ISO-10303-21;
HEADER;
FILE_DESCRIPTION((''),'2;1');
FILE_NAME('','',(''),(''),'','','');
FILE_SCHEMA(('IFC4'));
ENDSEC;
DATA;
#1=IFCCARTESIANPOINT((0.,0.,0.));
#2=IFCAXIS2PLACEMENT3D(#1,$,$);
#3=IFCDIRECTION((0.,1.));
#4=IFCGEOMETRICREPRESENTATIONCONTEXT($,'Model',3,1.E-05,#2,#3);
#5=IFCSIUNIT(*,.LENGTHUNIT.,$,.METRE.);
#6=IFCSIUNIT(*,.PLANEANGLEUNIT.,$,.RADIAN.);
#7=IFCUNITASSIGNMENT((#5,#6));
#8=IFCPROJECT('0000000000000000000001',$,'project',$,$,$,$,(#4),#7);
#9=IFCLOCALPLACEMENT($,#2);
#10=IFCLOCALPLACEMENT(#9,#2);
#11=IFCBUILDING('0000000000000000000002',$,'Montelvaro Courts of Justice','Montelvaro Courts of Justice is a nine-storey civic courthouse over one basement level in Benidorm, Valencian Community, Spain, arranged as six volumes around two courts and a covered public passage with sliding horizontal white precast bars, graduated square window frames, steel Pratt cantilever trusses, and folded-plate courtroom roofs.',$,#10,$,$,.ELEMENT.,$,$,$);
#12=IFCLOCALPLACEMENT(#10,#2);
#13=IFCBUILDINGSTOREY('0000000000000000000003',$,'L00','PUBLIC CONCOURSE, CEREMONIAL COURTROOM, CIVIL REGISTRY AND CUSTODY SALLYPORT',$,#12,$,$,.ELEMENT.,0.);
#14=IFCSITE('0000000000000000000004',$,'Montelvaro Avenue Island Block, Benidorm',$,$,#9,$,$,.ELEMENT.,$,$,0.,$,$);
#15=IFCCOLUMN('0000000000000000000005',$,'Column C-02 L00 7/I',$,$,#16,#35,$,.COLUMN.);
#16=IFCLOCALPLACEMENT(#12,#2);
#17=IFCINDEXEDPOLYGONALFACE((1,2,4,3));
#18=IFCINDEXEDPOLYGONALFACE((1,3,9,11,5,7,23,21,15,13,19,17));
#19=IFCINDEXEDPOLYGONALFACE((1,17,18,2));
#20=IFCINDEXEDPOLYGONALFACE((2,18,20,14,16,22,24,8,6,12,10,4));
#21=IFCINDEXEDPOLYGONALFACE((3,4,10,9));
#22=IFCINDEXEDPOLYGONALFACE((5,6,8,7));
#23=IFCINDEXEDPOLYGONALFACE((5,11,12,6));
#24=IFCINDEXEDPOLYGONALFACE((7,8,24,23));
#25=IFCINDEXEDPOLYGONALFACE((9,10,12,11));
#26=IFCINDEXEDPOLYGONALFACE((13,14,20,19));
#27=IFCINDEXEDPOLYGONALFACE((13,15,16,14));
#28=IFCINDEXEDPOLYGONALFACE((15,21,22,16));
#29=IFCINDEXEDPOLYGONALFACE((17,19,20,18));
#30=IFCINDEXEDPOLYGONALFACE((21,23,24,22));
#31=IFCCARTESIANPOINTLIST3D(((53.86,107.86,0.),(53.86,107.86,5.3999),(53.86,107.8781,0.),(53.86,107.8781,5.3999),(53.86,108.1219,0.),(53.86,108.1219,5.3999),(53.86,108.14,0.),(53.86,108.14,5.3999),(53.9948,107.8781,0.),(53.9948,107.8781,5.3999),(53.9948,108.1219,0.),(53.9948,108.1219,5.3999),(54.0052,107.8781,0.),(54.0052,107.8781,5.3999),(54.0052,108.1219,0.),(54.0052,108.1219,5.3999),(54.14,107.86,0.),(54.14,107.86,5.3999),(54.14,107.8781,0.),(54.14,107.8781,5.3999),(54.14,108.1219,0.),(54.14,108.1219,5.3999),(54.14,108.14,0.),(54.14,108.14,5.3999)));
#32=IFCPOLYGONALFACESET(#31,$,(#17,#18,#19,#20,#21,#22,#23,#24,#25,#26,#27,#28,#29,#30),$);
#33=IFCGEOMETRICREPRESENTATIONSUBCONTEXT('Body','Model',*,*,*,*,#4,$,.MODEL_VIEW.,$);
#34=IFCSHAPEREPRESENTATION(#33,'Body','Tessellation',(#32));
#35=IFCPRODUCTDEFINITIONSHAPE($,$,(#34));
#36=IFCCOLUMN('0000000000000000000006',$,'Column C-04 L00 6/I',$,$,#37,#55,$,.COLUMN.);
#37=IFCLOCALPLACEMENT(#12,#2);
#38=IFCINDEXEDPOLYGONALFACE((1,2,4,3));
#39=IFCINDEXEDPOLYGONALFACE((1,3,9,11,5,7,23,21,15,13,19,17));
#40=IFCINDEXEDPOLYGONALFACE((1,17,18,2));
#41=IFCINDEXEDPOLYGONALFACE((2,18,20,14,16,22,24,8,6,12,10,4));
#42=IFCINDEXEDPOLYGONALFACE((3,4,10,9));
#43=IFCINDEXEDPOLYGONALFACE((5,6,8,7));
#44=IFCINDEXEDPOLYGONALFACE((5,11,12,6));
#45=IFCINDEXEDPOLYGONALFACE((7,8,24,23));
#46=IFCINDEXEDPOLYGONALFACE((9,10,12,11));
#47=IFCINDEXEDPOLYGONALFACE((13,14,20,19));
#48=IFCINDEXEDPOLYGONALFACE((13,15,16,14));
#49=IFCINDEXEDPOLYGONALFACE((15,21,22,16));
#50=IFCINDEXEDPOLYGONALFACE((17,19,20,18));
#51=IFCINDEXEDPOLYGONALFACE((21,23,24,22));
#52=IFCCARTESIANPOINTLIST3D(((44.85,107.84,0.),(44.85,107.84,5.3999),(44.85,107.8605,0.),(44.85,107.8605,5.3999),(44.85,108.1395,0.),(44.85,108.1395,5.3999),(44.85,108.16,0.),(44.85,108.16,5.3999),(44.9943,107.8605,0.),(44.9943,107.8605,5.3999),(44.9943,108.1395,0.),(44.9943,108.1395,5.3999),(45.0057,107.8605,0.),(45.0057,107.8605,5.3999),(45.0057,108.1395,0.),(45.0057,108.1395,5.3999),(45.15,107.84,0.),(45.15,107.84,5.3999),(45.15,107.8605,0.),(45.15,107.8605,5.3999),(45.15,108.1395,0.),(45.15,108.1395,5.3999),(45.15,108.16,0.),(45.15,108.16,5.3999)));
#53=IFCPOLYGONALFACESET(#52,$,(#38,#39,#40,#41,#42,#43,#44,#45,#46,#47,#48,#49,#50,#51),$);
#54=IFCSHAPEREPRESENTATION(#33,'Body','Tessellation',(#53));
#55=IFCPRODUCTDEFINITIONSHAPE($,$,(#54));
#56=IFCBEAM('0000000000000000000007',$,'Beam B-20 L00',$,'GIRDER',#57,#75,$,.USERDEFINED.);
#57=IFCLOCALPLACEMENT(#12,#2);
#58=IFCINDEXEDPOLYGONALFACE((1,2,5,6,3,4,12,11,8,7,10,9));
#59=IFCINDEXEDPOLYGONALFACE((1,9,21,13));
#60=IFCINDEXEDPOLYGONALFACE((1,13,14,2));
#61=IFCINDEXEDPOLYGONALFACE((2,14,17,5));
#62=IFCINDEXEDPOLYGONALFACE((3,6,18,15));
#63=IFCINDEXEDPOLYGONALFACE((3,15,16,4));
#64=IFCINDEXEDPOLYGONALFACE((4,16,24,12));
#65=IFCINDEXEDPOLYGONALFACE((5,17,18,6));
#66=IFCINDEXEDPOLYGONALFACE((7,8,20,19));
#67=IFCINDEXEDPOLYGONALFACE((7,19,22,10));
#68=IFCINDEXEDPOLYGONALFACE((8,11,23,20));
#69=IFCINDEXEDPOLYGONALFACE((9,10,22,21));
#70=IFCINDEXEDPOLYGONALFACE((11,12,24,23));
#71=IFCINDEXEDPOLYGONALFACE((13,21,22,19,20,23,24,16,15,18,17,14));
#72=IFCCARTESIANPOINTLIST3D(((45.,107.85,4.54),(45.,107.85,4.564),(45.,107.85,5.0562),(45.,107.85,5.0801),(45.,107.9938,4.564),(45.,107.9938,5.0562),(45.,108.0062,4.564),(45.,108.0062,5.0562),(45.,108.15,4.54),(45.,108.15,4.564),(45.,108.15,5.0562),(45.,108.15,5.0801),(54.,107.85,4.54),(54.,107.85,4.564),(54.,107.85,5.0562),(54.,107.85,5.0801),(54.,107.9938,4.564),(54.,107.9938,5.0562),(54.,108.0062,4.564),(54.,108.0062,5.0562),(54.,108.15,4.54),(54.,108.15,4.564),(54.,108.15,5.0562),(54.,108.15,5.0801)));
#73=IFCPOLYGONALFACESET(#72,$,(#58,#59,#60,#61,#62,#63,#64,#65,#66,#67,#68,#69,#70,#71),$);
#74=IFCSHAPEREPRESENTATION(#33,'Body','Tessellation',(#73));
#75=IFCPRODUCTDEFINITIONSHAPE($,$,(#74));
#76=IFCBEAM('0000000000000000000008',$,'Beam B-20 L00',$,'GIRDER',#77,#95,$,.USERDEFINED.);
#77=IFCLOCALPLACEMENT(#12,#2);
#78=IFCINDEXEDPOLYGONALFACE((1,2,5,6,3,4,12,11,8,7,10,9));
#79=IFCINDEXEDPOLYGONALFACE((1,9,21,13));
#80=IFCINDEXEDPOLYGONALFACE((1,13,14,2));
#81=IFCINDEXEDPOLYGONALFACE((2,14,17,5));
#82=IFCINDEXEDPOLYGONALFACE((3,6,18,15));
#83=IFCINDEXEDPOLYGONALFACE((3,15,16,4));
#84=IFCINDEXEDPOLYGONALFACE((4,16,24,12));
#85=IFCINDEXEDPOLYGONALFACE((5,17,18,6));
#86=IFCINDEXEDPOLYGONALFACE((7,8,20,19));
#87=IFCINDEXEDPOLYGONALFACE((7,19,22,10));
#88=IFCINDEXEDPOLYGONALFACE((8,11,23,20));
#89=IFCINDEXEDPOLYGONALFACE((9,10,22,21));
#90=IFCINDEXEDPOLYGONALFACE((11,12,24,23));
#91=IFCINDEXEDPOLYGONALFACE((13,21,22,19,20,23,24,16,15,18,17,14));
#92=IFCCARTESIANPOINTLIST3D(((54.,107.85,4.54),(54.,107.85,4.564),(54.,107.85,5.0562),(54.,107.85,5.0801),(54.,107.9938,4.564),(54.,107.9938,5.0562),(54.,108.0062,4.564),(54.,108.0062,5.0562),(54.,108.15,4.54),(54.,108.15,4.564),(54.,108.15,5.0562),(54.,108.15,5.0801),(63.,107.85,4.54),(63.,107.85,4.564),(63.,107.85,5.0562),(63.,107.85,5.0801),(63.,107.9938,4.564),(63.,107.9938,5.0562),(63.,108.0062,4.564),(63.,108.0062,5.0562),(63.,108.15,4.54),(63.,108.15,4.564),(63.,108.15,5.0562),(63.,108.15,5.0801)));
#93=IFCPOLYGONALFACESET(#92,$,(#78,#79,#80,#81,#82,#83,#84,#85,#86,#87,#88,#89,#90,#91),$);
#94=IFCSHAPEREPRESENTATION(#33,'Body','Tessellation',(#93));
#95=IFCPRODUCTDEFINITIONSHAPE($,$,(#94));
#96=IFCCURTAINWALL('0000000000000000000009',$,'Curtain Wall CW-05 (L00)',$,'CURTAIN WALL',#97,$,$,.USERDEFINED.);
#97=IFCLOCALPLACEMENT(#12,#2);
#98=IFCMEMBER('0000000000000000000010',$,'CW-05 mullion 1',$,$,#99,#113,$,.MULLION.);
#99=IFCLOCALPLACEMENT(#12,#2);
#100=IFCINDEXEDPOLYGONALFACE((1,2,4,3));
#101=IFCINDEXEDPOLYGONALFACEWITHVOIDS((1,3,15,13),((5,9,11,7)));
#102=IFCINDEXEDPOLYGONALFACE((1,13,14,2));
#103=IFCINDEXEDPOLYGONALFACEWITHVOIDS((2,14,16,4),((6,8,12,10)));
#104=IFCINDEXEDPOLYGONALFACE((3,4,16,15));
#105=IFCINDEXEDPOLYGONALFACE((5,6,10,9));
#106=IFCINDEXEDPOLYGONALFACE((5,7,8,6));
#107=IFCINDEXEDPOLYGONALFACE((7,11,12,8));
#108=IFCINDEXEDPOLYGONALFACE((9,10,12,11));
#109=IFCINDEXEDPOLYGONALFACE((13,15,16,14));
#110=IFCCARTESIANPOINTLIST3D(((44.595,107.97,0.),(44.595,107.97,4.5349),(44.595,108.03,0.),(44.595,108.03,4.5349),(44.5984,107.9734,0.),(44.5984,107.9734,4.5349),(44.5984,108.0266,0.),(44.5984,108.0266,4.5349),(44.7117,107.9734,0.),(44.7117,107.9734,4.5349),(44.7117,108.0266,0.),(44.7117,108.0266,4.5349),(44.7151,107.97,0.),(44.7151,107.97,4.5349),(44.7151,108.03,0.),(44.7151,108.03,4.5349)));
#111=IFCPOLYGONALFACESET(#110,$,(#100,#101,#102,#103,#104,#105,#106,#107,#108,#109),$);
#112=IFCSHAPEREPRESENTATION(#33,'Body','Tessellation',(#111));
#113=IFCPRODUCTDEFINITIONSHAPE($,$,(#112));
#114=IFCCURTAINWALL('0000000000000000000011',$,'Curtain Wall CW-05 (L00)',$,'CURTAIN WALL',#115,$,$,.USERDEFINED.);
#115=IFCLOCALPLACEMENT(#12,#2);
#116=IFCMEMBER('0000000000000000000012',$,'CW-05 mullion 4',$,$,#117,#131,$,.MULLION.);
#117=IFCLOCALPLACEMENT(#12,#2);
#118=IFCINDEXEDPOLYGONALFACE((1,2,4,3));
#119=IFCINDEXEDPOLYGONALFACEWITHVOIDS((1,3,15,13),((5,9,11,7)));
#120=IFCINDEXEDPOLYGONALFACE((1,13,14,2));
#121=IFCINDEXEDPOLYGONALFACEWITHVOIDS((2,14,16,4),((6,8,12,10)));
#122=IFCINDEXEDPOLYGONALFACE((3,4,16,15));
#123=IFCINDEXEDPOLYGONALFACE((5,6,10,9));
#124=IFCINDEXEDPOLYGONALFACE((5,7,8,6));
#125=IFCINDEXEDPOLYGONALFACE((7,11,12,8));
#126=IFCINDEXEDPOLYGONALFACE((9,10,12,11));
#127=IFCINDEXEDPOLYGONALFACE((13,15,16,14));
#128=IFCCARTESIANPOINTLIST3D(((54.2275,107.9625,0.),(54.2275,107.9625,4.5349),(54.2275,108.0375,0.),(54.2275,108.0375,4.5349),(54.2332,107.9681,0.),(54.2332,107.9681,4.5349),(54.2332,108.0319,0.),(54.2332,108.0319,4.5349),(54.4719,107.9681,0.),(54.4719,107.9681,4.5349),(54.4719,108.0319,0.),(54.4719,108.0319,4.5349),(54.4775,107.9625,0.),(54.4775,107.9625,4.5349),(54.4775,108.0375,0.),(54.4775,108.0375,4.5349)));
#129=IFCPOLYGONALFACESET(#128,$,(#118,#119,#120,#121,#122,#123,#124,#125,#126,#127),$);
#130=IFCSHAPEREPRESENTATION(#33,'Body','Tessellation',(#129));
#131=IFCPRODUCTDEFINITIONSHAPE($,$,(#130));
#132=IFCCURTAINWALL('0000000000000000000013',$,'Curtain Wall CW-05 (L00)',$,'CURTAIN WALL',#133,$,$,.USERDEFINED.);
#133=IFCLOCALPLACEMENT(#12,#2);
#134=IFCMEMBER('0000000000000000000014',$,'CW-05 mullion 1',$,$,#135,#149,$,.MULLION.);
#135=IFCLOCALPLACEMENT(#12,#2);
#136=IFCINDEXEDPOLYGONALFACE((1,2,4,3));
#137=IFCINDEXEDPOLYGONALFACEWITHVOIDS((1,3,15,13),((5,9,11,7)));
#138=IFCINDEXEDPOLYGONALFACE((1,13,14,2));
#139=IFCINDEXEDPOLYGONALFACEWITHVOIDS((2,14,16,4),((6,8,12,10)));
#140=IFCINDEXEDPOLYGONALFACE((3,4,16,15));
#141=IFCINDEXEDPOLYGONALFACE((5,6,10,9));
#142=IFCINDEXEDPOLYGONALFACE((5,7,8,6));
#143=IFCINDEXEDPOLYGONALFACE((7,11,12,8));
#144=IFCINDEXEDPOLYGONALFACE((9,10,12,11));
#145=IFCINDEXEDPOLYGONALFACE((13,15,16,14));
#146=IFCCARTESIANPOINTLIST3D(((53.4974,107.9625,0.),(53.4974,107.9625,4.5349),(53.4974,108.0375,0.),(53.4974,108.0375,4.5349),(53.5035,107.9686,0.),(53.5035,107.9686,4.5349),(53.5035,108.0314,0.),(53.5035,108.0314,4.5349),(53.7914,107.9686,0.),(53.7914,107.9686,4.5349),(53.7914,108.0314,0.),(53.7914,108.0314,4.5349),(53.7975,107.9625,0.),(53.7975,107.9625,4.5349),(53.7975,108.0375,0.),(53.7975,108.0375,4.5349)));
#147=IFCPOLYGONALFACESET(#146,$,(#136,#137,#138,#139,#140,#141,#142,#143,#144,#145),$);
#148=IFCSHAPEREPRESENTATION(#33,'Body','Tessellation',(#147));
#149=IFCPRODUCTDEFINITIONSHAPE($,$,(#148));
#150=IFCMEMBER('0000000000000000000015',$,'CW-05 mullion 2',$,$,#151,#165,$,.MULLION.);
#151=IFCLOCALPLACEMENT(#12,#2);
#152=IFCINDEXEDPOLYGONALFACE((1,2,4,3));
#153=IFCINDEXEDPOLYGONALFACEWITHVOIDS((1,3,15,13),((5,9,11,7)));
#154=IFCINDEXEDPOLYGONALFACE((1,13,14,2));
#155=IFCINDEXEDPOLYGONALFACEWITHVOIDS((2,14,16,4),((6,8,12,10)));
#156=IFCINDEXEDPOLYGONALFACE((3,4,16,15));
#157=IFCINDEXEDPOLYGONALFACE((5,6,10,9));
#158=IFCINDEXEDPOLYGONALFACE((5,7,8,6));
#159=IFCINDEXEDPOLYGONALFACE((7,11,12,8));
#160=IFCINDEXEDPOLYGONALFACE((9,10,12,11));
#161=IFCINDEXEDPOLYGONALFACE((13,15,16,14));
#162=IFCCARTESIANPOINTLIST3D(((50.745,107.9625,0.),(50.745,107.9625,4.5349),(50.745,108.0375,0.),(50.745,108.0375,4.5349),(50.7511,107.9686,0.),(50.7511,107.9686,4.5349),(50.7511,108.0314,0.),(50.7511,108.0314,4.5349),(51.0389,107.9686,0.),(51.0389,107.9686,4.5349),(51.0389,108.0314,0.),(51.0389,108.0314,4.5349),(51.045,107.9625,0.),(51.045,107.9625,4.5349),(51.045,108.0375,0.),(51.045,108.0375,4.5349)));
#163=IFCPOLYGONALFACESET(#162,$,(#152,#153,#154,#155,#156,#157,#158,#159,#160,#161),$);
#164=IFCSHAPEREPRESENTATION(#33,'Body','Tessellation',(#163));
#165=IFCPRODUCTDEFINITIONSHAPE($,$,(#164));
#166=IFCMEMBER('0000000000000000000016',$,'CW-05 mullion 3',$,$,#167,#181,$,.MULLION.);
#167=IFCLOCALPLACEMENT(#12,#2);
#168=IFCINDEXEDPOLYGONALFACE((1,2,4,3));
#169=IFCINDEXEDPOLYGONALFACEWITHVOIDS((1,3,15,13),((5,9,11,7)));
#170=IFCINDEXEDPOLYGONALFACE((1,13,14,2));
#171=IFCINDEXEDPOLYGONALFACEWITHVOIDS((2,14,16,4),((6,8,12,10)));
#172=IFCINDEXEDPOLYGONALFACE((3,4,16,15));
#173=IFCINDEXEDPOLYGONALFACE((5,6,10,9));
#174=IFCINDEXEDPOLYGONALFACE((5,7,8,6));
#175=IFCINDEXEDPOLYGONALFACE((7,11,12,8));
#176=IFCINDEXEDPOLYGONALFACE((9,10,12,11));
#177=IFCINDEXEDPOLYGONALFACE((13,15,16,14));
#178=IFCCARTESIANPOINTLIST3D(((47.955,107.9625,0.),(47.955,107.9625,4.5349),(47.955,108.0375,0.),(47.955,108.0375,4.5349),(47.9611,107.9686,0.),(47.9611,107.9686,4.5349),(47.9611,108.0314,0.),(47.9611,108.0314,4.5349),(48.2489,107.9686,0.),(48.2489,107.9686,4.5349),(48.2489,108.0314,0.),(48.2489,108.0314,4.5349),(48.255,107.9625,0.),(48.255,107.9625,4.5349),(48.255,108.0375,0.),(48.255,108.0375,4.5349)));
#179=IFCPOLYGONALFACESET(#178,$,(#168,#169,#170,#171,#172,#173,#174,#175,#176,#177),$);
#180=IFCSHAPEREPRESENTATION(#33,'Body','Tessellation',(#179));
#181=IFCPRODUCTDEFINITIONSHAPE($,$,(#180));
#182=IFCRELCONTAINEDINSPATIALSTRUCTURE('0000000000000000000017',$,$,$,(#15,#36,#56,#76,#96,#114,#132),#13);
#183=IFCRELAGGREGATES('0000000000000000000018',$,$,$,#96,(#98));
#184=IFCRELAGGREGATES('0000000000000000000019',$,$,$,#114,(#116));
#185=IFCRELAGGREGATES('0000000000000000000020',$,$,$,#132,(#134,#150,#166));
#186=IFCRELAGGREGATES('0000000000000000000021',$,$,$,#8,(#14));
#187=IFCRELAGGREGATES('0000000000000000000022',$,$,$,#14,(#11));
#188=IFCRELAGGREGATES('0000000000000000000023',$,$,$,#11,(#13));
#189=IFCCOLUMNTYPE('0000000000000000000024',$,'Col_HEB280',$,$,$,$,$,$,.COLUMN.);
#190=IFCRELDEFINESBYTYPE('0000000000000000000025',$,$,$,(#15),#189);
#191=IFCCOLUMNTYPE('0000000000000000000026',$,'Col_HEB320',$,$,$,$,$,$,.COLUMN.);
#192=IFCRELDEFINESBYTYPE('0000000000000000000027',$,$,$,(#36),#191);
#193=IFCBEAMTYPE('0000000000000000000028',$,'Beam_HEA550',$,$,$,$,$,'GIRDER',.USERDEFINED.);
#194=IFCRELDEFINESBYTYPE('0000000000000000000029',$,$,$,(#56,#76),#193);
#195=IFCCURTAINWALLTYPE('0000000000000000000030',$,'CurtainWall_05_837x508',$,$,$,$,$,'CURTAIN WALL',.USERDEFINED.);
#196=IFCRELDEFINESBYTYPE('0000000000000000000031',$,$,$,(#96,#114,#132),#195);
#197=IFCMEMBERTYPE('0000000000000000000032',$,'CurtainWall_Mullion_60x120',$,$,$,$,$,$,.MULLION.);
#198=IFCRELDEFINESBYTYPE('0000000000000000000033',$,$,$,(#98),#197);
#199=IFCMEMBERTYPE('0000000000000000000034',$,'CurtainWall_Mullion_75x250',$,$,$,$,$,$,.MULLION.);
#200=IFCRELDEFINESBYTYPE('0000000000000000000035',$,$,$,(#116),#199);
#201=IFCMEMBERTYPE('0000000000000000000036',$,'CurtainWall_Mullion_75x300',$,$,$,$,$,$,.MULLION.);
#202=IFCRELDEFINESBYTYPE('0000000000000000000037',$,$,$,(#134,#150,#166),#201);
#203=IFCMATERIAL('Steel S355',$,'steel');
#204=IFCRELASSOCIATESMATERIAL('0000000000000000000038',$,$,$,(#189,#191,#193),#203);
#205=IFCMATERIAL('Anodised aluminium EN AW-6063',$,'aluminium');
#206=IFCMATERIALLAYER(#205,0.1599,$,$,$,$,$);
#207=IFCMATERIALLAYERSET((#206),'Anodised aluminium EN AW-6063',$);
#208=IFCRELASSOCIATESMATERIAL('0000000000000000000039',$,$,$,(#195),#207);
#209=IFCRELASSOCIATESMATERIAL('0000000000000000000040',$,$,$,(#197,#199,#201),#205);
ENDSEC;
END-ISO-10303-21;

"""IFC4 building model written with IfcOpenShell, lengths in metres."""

from ifc_helpers import new_model, si_unit, direction, frame, origin, origin_2d, place, context, subcontext, project, spatial, hollow_rectangle, i_section, extrude, material, layer, layer_set, material_profile, profile_set, type_object, element, aggregate, save


model = new_model("IFC4")

# Units and contexts
model_context = context("Model", 3, precision=1e-05, world=origin(), true_north=direction((0.0, 1.0)))
body_context = subcontext(model_context, "Body", "Model", "MODEL_VIEW")
ifc_project = project(units=[si_unit("LENGTHUNIT", "METRE"), si_unit("PLANEANGLEUNIT", "RADIAN")], contexts=[model_context])

# Site, building, storey
site_placement = place(None, origin())
site = spatial("IfcSite", under=ifc_project, at=site_placement, Name="Montelvaro Avenue Island Block, Benidorm", CompositionType="ELEMENT", RefElevation=0.0)
building_placement = place(site_placement, origin())
building = spatial("IfcBuilding", under=site, at=building_placement, Name="Montelvaro Courts of Justice", Description="Montelvaro Courts of Justice is a nine-storey civic courthouse over one basement level in Benidorm, Valencian Community, Spain, arranged as six volumes around two courts and a covered public passage with sliding horizontal white precast bars, graduated square window frames, steel Pratt cantilever trusses, and folded-plate courtroom roofs.", CompositionType="ELEMENT")
storey_placement = place(building_placement, origin())
storey = spatial("IfcBuildingStorey", under=building, at=storey_placement, Name="L00", Description="PUBLIC CONCOURSE, CEREMONIAL COURTROOM, CIVIL REGISTRY AND CUSTODY SALLYPORT", CompositionType="ELEMENT", Elevation=0.0)

# Columns
ifc_material_1 = material(Name="Steel S355", Category="steel")
ifc_material_profile_1 = material_profile(ifc_material_1, i_section(OverallWidth=0.28, OverallDepth=0.28, WebThickness=0.0105, FlangeThickness=0.0181, at=origin_2d()), Name="HEB 280")
ifc_profile_set_1 = profile_set([ifc_material_profile_1], Name="Steel S355")
column_type_1 = type_object("IfcColumnType", Name="Col_HEB280", PredefinedType="COLUMN", material=ifc_profile_set_1)
column_1_placement = place(storey_placement, frame((54.0, 108.0, 0.0), z_axis=(0.0, 0.0, 1.0), x_axis=(1.0, 0.0, 0.0)))
element("IfcColumn", 1, at=column_1_placement, inside=storey, type_object=column_type_1, Name="Column C-02 L00 7/I", PredefinedType="COLUMN", context=body_context, shape_type="SweptSolid", body=[
    extrude(i_section(OverallWidth=0.28, OverallDepth=0.28, WebThickness=0.0105, FlangeThickness=0.0181, at=origin_2d()), origin(), (0.0, 0.0, 1.0), 5.3999),
])
ifc_material_profile_2 = material_profile(ifc_material_1, i_section(OverallWidth=0.3, OverallDepth=0.3201, WebThickness=0.0115, FlangeThickness=0.0205, at=origin_2d()), Name="HEB 320")
ifc_profile_set_2 = profile_set([ifc_material_profile_2], Name="Steel S355")
column_type_2 = type_object("IfcColumnType", Name="Col_HEB320", PredefinedType="COLUMN", material=ifc_profile_set_2)
column_2_placement = place(storey_placement, frame((45.0, 108.0, 0.0), z_axis=(0.0, 0.0, 1.0), x_axis=(1.0, 0.0, 0.0)))
element("IfcColumn", 2, at=column_2_placement, inside=storey, type_object=column_type_2, Name="Column C-04 L00 6/I", PredefinedType="COLUMN", context=body_context, shape_type="SweptSolid", body=[
    extrude(i_section(OverallWidth=0.3, OverallDepth=0.3201, WebThickness=0.0115, FlangeThickness=0.0205, at=origin_2d()), origin(), (0.0, 0.0, 1.0), 5.3999),
])

# Beams
ifc_material_profile_3 = material_profile(ifc_material_1, i_section(OverallWidth=0.3, OverallDepth=0.54, WebThickness=0.0125, FlangeThickness=0.0239, at=origin_2d()), Name="HEA 550")
ifc_profile_set_3 = profile_set([ifc_material_profile_3], Name="Steel S355")
beam_type = type_object("IfcBeamType", Name="Beam_HEA550", ElementType="GIRDER", PredefinedType="USERDEFINED", material=ifc_profile_set_3)
for number, where, z_axis, x_axis, name in (
    (3, (45.0, 108.0, 4.8101), (1.0, 0.0, 0.0), (0.0, 1.0, 0.0), "Beam B-20 L00"),
    (4, (54.0, 108.0, 4.8101), (1.0, 0.0, 0.0), (0.0, 1.0, 0.0), "Beam B-20 L00"),
):
    element("IfcBeam", number, at=place(storey_placement, frame(where, z_axis=z_axis, x_axis=x_axis)), inside=storey, type_object=beam_type, Name=name, ObjectType="GIRDER", PredefinedType="USERDEFINED", context=body_context, shape_type="SweptSolid", body=[
        extrude(i_section(OverallWidth=0.3, OverallDepth=0.54, WebThickness=0.0125, FlangeThickness=0.0239, at=origin_2d()), origin(), (0.0, 0.0, 1.0), 9.0),
    ])

# Curtain walls, members
ifc_material_2 = material(Name="Anodised aluminium EN AW-6063", Category="aluminium")
ifc_layer_1 = layer(ifc_material_2, 0.1599)
ifc_layer_set_1 = layer_set([ifc_layer_1], Name="Anodised aluminium EN AW-6063")
curtain_wall_type = type_object("IfcCurtainWallType", Name="CurtainWall_05_837x508", ElementType="CURTAIN WALL", PredefinedType="USERDEFINED", material=ifc_layer_set_1)
curtain_wall_1_placement = place(storey_placement, origin())
curtain_wall_1 = element("IfcCurtainWall", 5, at=curtain_wall_1_placement, inside=storey, type_object=curtain_wall_type, Name="Curtain Wall CW-05 (L00)", ObjectType="CURTAIN WALL", PredefinedType="USERDEFINED")
ifc_material_profile_4 = material_profile(ifc_material_2, hollow_rectangle(XDim=0.0601, YDim=0.1201, WallThickness=0.0034, at=origin_2d()), Name="ALU-M 60x120")
ifc_profile_set_4 = profile_set([ifc_material_profile_4], Name="Anodised aluminium EN AW-6063")
member_type_1 = type_object("IfcMemberType", Name="CurtainWall_Mullion_60x120", PredefinedType="MULLION", material=ifc_profile_set_4)
member_1_placement = place(storey_placement, frame((44.655, 108.0, 0.0), z_axis=(0.0, 0.0, 1.0), x_axis=(0.0, -1.0, 0.0)))
member_1 = element("IfcMember", 6, at=member_1_placement, type_object=member_type_1, Name="CW-05 mullion 1", PredefinedType="MULLION", context=body_context, shape_type="SweptSolid", body=[
    extrude(hollow_rectangle(XDim=0.0601, YDim=0.1201, WallThickness=0.0034, at=origin_2d()), origin(), (0.0, 0.0, 1.0), 4.5349),
])
curtain_wall_2_placement = place(storey_placement, origin())
curtain_wall_2 = element("IfcCurtainWall", 7, at=curtain_wall_2_placement, inside=storey, type_object=curtain_wall_type, Name="Curtain Wall CW-05 (L00)", ObjectType="CURTAIN WALL", PredefinedType="USERDEFINED")
ifc_material_profile_5 = material_profile(ifc_material_2, hollow_rectangle(XDim=0.075, YDim=0.25, WallThickness=0.0056, at=origin_2d()), Name="ALU-M 75x250")
ifc_profile_set_5 = profile_set([ifc_material_profile_5], Name="Anodised aluminium EN AW-6063")
member_type_2 = type_object("IfcMemberType", Name="CurtainWall_Mullion_75x250", PredefinedType="MULLION", material=ifc_profile_set_5)
member_2_placement = place(storey_placement, frame((54.3525, 108.0, 0.0), z_axis=(0.0, 0.0, 1.0), x_axis=(0.0, -1.0, 0.0)))
member_2 = element("IfcMember", 8, at=member_2_placement, type_object=member_type_2, Name="CW-05 mullion 4", PredefinedType="MULLION", context=body_context, shape_type="SweptSolid", body=[
    extrude(hollow_rectangle(XDim=0.075, YDim=0.25, WallThickness=0.0056, at=origin_2d()), origin(), (0.0, 0.0, 1.0), 4.5349),
])

# Curtain wall, members
curtain_wall_3_placement = place(storey_placement, origin())
curtain_wall_3 = element("IfcCurtainWall", 9, at=curtain_wall_3_placement, inside=storey, type_object=curtain_wall_type, Name="Curtain Wall CW-05 (L00)", ObjectType="CURTAIN WALL", PredefinedType="USERDEFINED")
ifc_material_profile_6 = material_profile(ifc_material_2, hollow_rectangle(XDim=0.075, YDim=0.3, WallThickness=0.0061, at=origin_2d()), Name="ALU-M 75x300")
ifc_profile_set_6 = profile_set([ifc_material_profile_6], Name="Anodised aluminium EN AW-6063")
member_type_3 = type_object("IfcMemberType", Name="CurtainWall_Mullion_75x300", PredefinedType="MULLION", material=ifc_profile_set_6)
member_3_placement = place(storey_placement, frame((53.6475, 108.0, 0.0), z_axis=(0.0, 0.0, 1.0), x_axis=(0.0, -1.0, 0.0)))
member_3 = element("IfcMember", 10, at=member_3_placement, type_object=member_type_3, Name="CW-05 mullion 1", PredefinedType="MULLION", context=body_context, shape_type="SweptSolid", body=[
    extrude(hollow_rectangle(XDim=0.075, YDim=0.3, WallThickness=0.0061, at=origin_2d()), origin(), (0.0, 0.0, 1.0), 4.5349),
])
member_4_placement = place(storey_placement, frame((50.895, 108.0, 0.0), z_axis=(0.0, 0.0, 1.0), x_axis=(0.0, -1.0, 0.0)))
member_4 = element("IfcMember", 11, at=member_4_placement, type_object=member_type_3, Name="CW-05 mullion 2", PredefinedType="MULLION", context=body_context, shape_type="SweptSolid", body=[
    extrude(hollow_rectangle(XDim=0.075, YDim=0.3, WallThickness=0.0061, at=origin_2d()), origin(), (0.0, 0.0, 1.0), 4.5349),
])
member_5_placement = place(storey_placement, frame((48.105, 108.0, 0.0), z_axis=(0.0, 0.0, 1.0), x_axis=(0.0, -1.0, 0.0)))
member_5 = element("IfcMember", 12, at=member_5_placement, type_object=member_type_3, Name="CW-05 mullion 3", PredefinedType="MULLION", context=body_context, shape_type="SweptSolid", body=[
    extrude(hollow_rectangle(XDim=0.075, YDim=0.3, WallThickness=0.0061, at=origin_2d()), origin(), (0.0, 0.0, 1.0), 4.5349),
])

aggregate(curtain_wall_1, [member_1])

aggregate(curtain_wall_2, [member_2])
aggregate(curtain_wall_3, [member_3, member_4, member_5])

save(model, "model.ifc")
